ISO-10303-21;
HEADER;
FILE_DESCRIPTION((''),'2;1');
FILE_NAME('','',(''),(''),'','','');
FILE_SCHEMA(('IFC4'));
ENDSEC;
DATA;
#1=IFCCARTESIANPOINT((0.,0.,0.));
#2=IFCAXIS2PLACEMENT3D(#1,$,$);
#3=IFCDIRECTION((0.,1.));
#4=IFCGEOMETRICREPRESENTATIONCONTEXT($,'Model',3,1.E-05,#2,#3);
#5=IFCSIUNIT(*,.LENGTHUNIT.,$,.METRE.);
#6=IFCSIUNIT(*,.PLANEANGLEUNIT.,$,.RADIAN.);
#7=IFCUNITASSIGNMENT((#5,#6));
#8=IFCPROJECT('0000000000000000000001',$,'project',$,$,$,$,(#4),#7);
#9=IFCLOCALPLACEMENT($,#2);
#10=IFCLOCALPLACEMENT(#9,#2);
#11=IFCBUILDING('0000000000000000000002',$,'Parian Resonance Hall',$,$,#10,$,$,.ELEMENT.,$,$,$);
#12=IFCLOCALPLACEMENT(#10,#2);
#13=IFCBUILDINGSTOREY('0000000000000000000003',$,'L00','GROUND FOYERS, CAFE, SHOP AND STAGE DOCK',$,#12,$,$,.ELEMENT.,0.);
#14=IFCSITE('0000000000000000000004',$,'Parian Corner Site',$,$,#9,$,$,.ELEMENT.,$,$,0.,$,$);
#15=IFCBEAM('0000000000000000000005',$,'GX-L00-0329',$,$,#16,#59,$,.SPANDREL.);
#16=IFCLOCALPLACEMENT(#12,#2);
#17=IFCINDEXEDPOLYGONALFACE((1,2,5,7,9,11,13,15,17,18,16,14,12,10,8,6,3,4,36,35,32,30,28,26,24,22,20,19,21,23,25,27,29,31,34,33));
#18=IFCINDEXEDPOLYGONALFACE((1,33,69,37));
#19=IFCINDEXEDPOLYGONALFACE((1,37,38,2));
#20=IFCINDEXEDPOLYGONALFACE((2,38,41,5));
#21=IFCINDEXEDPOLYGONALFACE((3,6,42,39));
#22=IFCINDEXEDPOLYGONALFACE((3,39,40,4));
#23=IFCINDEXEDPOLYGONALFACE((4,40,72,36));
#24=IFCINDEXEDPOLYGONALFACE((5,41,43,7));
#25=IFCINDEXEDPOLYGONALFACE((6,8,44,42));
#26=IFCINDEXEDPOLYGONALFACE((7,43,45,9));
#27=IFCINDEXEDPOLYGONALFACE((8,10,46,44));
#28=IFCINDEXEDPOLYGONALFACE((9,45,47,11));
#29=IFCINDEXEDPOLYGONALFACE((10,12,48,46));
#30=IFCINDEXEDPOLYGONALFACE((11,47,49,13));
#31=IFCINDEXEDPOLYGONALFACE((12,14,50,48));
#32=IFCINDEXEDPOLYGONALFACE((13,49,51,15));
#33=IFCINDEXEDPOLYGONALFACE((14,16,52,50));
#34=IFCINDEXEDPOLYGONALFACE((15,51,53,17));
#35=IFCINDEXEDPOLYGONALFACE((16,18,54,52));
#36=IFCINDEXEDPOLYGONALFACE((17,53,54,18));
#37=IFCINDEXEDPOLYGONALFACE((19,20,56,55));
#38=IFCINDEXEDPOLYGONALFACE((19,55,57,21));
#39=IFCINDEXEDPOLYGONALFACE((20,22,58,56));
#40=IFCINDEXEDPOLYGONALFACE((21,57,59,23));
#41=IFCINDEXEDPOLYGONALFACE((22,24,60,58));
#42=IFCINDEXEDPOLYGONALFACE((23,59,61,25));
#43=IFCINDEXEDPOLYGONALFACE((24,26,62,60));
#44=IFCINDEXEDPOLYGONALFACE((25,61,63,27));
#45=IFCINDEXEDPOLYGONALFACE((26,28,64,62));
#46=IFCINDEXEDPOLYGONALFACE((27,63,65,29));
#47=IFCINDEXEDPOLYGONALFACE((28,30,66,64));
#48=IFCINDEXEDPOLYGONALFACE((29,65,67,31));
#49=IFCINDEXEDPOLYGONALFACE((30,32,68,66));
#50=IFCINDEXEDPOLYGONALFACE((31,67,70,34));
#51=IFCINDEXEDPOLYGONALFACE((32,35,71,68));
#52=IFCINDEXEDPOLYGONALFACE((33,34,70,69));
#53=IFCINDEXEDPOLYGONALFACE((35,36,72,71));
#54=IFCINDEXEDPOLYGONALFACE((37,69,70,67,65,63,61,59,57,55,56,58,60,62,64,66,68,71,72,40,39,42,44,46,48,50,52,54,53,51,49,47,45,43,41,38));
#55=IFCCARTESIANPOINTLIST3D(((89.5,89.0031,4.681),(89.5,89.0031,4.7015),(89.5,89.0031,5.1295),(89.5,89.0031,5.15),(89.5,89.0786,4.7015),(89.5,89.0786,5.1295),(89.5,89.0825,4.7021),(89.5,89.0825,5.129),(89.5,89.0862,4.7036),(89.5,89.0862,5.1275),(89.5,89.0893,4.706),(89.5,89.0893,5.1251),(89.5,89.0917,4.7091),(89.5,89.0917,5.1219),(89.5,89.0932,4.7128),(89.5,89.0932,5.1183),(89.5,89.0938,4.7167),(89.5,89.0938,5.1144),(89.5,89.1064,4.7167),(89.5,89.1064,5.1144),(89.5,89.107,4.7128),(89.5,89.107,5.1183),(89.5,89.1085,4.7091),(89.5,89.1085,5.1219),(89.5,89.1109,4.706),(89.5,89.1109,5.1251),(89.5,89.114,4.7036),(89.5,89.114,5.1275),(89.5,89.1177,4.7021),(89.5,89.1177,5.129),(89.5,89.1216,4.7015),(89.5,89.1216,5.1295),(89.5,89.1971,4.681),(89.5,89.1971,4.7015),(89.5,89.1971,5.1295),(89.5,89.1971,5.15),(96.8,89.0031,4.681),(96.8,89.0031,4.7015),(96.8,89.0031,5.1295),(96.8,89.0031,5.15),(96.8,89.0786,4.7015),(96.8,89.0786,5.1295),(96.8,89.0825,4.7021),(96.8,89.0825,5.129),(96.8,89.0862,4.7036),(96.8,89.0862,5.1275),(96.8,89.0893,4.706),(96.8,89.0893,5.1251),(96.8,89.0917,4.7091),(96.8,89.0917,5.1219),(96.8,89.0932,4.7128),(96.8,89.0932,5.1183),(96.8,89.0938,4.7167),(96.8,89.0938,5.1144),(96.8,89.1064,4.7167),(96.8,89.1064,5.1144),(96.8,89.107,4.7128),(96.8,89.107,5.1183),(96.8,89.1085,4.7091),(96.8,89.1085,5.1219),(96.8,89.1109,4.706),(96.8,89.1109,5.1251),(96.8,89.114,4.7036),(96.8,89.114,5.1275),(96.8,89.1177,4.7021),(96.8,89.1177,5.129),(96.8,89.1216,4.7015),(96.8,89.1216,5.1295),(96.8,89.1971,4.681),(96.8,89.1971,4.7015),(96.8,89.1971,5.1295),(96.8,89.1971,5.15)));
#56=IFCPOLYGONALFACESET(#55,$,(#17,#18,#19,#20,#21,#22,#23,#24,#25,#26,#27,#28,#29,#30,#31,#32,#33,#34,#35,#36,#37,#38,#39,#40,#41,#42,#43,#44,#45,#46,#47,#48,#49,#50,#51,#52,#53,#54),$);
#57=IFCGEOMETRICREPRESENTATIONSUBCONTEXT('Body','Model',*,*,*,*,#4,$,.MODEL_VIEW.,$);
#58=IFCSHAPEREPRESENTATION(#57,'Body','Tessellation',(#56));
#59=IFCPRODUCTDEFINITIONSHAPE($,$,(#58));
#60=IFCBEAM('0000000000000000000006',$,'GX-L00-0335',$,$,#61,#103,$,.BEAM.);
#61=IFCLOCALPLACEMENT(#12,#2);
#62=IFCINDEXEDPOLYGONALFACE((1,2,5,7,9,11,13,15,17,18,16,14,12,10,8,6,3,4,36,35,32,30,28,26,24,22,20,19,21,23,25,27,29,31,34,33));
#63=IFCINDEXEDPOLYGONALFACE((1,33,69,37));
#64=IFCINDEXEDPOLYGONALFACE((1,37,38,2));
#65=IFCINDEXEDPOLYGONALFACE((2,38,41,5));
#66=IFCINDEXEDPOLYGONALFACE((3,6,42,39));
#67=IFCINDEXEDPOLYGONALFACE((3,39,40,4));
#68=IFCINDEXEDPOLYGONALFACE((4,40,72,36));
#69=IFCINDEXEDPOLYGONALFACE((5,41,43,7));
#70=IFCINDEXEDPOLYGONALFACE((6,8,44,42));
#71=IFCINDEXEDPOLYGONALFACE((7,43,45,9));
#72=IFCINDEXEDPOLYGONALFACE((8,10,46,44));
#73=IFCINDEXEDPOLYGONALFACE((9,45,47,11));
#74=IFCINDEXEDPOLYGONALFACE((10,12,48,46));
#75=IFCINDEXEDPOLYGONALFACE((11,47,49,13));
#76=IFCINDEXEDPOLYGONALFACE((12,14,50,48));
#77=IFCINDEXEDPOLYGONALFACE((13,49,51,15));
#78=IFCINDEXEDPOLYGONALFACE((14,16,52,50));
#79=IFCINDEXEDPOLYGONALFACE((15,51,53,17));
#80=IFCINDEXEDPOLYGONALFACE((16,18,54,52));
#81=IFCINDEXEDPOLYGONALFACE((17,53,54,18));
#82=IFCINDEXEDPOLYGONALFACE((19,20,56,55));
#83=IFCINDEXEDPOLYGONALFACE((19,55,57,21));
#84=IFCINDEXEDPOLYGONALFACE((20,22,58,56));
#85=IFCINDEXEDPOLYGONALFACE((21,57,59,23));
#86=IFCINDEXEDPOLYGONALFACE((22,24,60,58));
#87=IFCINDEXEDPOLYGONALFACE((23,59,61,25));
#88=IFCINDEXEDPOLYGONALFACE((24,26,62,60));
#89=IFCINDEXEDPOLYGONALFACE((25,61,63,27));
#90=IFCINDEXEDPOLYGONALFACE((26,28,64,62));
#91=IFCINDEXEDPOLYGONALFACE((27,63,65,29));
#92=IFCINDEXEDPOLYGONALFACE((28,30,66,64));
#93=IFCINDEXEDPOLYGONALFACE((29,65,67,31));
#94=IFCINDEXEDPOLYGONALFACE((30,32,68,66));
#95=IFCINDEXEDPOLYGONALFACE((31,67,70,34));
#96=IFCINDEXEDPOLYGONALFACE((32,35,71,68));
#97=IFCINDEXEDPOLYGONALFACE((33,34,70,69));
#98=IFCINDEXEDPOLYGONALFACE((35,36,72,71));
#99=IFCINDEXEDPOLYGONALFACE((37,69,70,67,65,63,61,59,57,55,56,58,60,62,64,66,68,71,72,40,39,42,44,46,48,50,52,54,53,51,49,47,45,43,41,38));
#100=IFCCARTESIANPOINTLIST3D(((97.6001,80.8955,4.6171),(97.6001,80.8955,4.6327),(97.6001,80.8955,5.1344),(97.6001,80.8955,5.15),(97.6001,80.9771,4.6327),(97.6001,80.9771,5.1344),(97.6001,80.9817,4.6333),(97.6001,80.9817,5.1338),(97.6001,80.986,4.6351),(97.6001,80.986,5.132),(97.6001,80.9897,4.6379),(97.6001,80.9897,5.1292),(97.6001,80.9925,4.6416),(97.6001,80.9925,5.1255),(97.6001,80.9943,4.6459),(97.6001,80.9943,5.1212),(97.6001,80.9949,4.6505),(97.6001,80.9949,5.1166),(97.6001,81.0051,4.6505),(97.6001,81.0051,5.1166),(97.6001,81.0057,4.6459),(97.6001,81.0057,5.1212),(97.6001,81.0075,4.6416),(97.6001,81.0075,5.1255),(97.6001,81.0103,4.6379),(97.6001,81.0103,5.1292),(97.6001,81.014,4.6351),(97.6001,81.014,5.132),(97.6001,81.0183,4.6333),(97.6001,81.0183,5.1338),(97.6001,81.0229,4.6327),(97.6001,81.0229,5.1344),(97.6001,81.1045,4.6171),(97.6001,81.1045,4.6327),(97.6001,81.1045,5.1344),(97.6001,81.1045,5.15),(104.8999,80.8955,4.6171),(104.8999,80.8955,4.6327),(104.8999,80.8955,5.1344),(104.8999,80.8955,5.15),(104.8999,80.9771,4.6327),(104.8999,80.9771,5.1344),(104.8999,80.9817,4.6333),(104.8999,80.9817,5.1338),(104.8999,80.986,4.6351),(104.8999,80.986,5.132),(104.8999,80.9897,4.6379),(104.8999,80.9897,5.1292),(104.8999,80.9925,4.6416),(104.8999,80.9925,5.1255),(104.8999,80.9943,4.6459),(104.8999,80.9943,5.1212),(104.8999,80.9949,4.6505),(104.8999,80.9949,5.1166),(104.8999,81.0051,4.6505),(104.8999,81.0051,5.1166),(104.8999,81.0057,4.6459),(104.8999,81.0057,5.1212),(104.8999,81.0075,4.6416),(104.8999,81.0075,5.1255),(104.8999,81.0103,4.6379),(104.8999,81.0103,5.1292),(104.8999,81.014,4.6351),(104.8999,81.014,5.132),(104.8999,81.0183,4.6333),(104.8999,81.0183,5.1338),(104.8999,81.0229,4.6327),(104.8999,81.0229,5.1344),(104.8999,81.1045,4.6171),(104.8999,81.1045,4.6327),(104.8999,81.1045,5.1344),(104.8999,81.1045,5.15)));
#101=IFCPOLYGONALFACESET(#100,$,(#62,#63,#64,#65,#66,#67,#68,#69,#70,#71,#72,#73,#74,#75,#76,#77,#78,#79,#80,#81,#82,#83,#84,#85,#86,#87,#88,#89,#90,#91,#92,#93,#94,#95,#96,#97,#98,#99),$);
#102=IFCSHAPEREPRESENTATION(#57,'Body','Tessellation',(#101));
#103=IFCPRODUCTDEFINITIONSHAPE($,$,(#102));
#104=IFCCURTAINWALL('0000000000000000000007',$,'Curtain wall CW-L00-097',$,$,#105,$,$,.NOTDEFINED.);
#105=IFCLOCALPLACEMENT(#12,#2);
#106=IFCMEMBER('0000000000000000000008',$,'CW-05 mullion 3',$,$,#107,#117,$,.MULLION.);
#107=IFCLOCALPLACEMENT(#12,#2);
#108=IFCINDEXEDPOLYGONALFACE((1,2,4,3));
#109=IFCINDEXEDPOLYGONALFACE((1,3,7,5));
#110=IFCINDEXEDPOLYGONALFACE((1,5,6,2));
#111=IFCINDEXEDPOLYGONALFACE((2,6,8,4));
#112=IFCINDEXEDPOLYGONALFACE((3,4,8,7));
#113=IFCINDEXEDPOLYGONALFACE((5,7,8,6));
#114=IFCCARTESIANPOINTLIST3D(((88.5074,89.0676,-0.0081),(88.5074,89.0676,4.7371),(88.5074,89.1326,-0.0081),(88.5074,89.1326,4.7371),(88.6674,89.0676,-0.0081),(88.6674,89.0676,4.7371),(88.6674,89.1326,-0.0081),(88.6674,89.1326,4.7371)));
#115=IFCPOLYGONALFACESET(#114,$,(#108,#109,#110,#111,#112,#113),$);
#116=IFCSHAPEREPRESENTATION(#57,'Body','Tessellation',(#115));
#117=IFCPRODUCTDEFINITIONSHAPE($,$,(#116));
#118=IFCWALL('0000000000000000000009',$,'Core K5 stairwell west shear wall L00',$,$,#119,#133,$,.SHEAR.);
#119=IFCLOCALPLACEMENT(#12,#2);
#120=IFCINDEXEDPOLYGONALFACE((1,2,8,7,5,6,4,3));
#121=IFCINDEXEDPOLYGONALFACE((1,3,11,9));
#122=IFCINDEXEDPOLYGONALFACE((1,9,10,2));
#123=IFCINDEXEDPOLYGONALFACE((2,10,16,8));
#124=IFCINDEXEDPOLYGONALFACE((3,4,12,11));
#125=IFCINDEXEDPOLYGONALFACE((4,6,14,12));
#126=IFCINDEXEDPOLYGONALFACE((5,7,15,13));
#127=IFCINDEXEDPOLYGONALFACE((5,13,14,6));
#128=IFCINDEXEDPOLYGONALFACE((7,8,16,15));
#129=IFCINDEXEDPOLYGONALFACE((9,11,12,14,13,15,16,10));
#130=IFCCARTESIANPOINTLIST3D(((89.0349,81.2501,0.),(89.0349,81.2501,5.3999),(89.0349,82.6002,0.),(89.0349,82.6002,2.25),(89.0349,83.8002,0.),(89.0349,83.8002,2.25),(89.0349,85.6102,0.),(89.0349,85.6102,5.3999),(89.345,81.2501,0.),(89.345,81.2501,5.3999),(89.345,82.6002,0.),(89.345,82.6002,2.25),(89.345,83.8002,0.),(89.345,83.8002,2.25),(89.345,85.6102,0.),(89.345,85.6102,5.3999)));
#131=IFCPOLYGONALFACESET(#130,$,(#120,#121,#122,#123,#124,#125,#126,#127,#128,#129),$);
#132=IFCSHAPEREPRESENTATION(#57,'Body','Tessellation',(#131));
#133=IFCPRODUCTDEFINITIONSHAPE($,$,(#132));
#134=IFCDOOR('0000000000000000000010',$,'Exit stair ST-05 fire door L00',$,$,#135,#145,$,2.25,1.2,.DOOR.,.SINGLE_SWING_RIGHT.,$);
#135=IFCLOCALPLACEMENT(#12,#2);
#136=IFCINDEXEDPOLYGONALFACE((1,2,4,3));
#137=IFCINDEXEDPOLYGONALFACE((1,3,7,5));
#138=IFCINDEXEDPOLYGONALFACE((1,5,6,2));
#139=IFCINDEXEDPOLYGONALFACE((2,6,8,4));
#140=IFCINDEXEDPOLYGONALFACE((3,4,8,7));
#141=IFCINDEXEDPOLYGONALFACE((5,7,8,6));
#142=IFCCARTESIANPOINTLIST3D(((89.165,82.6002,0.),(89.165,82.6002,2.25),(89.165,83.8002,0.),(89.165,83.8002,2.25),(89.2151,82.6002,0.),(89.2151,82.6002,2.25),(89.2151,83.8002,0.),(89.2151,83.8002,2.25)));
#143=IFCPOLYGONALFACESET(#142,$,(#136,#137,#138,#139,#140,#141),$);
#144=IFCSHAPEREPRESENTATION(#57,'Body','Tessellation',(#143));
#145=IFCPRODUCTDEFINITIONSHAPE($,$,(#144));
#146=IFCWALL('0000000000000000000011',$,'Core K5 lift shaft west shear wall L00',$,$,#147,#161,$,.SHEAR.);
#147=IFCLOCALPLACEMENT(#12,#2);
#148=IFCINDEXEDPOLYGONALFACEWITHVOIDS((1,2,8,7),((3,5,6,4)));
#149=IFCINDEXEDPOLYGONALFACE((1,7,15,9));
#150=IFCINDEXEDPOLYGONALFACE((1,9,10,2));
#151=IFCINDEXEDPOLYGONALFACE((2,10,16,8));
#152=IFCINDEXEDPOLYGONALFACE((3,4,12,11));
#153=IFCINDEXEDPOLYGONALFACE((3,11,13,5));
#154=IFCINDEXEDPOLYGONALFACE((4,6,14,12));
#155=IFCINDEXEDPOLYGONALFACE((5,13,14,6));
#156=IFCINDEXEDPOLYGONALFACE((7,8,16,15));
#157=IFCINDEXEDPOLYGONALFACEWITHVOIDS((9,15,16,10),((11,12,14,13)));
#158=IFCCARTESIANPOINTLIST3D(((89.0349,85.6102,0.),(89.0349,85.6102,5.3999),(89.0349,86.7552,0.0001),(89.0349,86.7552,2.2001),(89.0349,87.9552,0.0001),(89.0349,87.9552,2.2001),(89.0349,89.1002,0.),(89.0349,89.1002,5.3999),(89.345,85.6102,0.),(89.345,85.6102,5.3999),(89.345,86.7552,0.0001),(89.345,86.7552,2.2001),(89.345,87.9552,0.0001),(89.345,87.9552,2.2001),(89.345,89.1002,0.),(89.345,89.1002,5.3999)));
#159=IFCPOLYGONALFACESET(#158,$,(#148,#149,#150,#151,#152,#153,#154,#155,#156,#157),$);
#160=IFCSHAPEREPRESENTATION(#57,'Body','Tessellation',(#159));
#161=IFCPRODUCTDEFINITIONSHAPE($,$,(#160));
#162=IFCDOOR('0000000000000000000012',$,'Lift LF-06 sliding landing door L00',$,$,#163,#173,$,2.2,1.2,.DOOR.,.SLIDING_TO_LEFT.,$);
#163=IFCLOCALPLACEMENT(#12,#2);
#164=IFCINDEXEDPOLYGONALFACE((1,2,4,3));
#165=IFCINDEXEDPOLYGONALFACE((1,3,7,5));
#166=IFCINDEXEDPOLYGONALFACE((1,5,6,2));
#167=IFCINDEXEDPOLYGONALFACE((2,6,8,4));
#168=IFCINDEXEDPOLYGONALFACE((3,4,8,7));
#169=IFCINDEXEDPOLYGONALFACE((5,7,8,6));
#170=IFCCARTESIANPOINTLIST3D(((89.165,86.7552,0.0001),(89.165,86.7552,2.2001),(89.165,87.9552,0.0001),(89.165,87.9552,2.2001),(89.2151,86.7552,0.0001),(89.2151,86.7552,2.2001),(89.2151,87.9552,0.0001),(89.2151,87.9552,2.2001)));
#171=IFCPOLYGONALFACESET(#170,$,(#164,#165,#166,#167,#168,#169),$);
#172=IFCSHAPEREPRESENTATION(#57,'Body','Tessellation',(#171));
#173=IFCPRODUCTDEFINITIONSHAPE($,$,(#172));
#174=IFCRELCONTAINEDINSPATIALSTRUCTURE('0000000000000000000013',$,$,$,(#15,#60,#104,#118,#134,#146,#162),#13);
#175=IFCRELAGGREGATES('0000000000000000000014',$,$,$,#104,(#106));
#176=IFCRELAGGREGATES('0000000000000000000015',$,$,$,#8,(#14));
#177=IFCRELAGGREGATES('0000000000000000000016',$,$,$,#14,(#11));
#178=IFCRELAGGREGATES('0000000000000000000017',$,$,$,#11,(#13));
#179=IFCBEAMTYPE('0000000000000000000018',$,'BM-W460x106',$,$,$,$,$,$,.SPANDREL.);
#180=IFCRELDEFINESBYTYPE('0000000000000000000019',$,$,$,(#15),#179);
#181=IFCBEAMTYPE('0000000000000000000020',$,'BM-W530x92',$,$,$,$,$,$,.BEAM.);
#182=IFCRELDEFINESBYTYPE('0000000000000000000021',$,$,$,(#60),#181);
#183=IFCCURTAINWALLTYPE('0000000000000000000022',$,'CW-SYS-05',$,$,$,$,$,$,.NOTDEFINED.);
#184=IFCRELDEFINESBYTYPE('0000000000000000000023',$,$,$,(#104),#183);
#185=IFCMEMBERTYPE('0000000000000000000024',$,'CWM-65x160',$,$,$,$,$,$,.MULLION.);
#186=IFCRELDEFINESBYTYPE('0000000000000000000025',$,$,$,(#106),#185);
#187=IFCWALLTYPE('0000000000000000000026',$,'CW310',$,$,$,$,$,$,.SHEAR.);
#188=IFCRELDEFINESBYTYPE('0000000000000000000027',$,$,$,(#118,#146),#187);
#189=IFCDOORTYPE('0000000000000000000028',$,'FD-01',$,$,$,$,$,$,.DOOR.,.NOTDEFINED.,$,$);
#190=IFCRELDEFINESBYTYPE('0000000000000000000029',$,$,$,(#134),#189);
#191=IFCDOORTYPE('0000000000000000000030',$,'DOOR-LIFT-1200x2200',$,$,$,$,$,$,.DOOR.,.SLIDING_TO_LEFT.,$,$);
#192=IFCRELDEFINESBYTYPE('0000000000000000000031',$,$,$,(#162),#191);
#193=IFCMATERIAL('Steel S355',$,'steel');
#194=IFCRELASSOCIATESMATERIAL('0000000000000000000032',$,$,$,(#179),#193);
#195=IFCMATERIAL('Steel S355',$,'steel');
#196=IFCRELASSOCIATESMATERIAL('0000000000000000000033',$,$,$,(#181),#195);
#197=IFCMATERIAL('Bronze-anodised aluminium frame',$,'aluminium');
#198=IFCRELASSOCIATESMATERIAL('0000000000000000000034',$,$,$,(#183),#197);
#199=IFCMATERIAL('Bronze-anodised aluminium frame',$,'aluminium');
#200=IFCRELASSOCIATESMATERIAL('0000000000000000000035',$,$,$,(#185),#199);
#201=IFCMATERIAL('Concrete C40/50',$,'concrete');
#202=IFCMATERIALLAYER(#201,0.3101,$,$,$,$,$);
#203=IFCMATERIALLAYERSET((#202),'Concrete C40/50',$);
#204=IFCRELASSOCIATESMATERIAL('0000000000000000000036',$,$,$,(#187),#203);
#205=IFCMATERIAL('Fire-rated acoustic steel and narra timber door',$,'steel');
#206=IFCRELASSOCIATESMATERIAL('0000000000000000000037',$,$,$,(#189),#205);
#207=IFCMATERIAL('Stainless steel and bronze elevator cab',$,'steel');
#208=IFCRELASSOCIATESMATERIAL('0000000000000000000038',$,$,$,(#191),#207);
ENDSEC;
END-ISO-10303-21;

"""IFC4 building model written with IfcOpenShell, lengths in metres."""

from ifc_helpers import new_model, si_unit, direction, frame, frame_2d, origin, origin_2d, place, context, subcontext, project, spatial, rectangle, i_section, extrude, material, layer, layer_set, material_profile, profile_set, type_object, element, fill, aggregate, save


model = new_model("IFC4")

# Units and contexts
model_context = context("Model", 3, precision=1e-05, world=origin(), true_north=direction((0.0, 1.0)))
body_context = subcontext(model_context, "Body", "Model", "MODEL_VIEW")
ifc_project = project(units=[si_unit("LENGTHUNIT", "METRE"), si_unit("PLANEANGLEUNIT", "RADIAN")], contexts=[model_context])

# Site, building, storey
site_placement = place(None, origin())
site = spatial("IfcSite", under=ifc_project, at=site_placement, Name="Parian Corner Site", CompositionType="ELEMENT", RefElevation=0.0)
building_placement = place(site_placement, origin())
building = spatial("IfcBuilding", under=site, at=building_placement, Name="Parian Resonance Hall", CompositionType="ELEMENT")
storey_placement = place(building_placement, origin())
storey = spatial("IfcBuildingStorey", under=building, at=storey_placement, Name="L00", Description="GROUND FOYERS, CAFE, SHOP AND STAGE DOCK", CompositionType="ELEMENT", Elevation=0.0)

# Beams
ifc_material_1 = material(Name="Steel S355", Category="steel")
ifc_material_profile_1 = material_profile(ifc_material_1, i_section(OverallWidth=0.1941, OverallDepth=0.469, WebThickness=0.0127, FlangeThickness=0.0205, FilletRadius=0.0151, at=origin_2d()), Name="W460x106")
ifc_profile_set_1 = profile_set([ifc_material_profile_1], Name="Steel S355")
beam_type_1 = type_object("IfcBeamType", Name="BM-W460x106", PredefinedType="SPANDREL", material=ifc_profile_set_1)
beam_1_placement = place(storey_placement, frame((89.5, 89.1001, 4.9155), z_axis=(1.0, 0.0, 0.0), x_axis=(0.0, 1.0, 0.0)))
element("IfcBeam", 1, at=beam_1_placement, inside=storey, type_object=beam_type_1, Name="GX-L00-0329", PredefinedType="SPANDREL", context=body_context, shape_type="SweptSolid", body=[
    extrude(i_section(OverallWidth=0.1941, OverallDepth=0.469, WebThickness=0.0127, FlangeThickness=0.0205, FilletRadius=0.0151, at=origin_2d()), origin(), (0.0, 0.0, 1.0), 7.3),
])
ifc_material_2 = material(Name="Steel S355", Category="steel")
ifc_material_profile_2 = material_profile(ifc_material_2, i_section(OverallWidth=0.209, OverallDepth=0.533, WebThickness=0.0103, FlangeThickness=0.0156, FilletRadius=0.0178, at=origin_2d()), Name="W530x92")
ifc_profile_set_2 = profile_set([ifc_material_profile_2], Name="Steel S355")
beam_type_2 = type_object("IfcBeamType", Name="BM-W530x92", PredefinedType="BEAM", material=ifc_profile_set_2)
beam_2_placement = place(storey_placement, frame((97.6001, 81.0, 4.8835), z_axis=(1.0, 0.0, 0.0), x_axis=(0.0, 1.0, 0.0)))
element("IfcBeam", 2, at=beam_2_placement, inside=storey, type_object=beam_type_2, Name="GX-L00-0335", PredefinedType="BEAM", context=body_context, shape_type="SweptSolid", body=[
    extrude(i_section(OverallWidth=0.209, OverallDepth=0.533, WebThickness=0.0103, FlangeThickness=0.0156, FilletRadius=0.0178, at=origin_2d()), origin(), (0.0, 0.0, 1.0), 7.2998),
])

# Curtain wall, member
ifc_material_3 = material(Name="Bronze-anodised aluminium frame", Category="aluminium")
curtain_wall_type = type_object("IfcCurtainWallType", Name="CW-SYS-05", PredefinedType="NOTDEFINED", material=ifc_material_3)
curtain_wall_placement = place(storey_placement, origin())
curtain_wall = element("IfcCurtainWall", 3, at=curtain_wall_placement, inside=storey, type_object=curtain_wall_type, Name="Curtain wall CW-L00-097", PredefinedType="NOTDEFINED")
ifc_material_4 = material(Name="Bronze-anodised aluminium frame", Category="aluminium")
ifc_material_profile_3 = material_profile(ifc_material_4, rectangle(XDim=0.0649, YDim=0.1599, at=origin_2d()), Name="CWM-65x160")
ifc_profile_set_3 = profile_set([ifc_material_profile_3], Name="Bronze-anodised aluminium frame")
member_type = type_object("IfcMemberType", Name="CWM-65x160", PredefinedType="MULLION", material=ifc_profile_set_3)
member_placement = place(storey_placement, frame((88.5874, 89.1001, -0.0081), z_axis=(0.0, 0.0, 1.0), x_axis=(0.0, 1.0, 0.0)))
member = element("IfcMember", 4, at=member_placement, type_object=member_type, Name="CW-05 mullion 3", PredefinedType="MULLION", context=body_context, shape_type="SweptSolid", body=[
    extrude(rectangle(XDim=0.0649, YDim=0.1599, at=origin_2d()), origin(), (0.0, 0.0, 1.0), 4.7451),
])
aggregate(curtain_wall, [member])

# Walls, openings, doors
ifc_material_5 = material(Name="Concrete C40/50", Category="concrete")
ifc_layer_1 = layer(ifc_material_5, 0.3101)
ifc_layer_set_1 = layer_set([ifc_layer_1], Name="Concrete C40/50")
wall_type_1 = type_object("IfcWallType", Name="CW310", PredefinedType="SHEAR", material=ifc_layer_set_1)
wall_1_placement = place(storey_placement, frame((89.1899, 81.25, 0.0), z_axis=(0.0, 0.0, 1.0), x_axis=(0.0, 1.0, 0.0)))
wall_1 = element("IfcWall", 5, at=wall_1_placement, inside=storey, type_object=wall_type_1, Name="Core K5 stairwell west shear wall L00", PredefinedType="SHEAR", context=body_context, shape_type="SweptSolid", body=[
    extrude(rectangle(XDim=4.3601, YDim=0.3101, at=frame_2d((2.1802, 0.0))), origin(), (0.0, 0.0, 1.0), 5.3999),
])
opening_1_placement = place(wall_1_placement, frame((1.3501, 0.0, 0.0)))
opening_1 = element("IfcOpeningElement", 6, at=opening_1_placement, cuts=wall_1, PredefinedType="OPENING", context=body_context, shape_type="SweptSolid", body=[
    extrude(rectangle(XDim=1.2, YDim=2.25, at=frame_2d((0.6001, 1.125))), frame((0.0, 0.165, 0.0), z_axis=(0.0, -1.0, 0.0), x_axis=(1.0, 0.0, 0.0)), (0.0, 0.0, 1.0), 0.3301),
])
ifc_material_6 = material(Name="Fire-rated acoustic steel and narra timber door", Category="steel")
door_type_1 = type_object("IfcDoorType", Name="FD-01", OperationType="NOTDEFINED", PredefinedType="DOOR", material=ifc_material_6)
door_1_placement = place(opening_1_placement, origin())
door_1 = element("IfcDoor", 7, at=door_1_placement, inside=storey, type_object=door_type_1, Name="Exit stair ST-05 fire door L00", OperationType="SINGLE_SWING_RIGHT", OverallHeight=2.25, OverallWidth=1.2, PredefinedType="DOOR", context=body_context, shape_type="SweptSolid", body=[
    extrude(rectangle(XDim=1.2, YDim=2.25, at=frame_2d((0.6001, 1.125))), frame((0.0, 0.0249, 0.0), z_axis=(0.0, -1.0, 0.0), x_axis=(1.0, 0.0, 0.0)), (0.0, 0.0, 1.0), 0.05),
])
fill(opening_1, door_1)
wall_2_placement = place(storey_placement, frame((89.1899, 85.6101, 0.0), z_axis=(0.0, 0.0, 1.0), x_axis=(0.0, 1.0, 0.0)))
wall_2 = element("IfcWall", 8, at=wall_2_placement, inside=storey, type_object=wall_type_1, Name="Core K5 lift shaft west shear wall L00", PredefinedType="SHEAR", context=body_context, shape_type="SweptSolid", body=[
    extrude(rectangle(XDim=3.49, YDim=0.3101, at=frame_2d((1.7451, 0.0))), origin(), (0.0, 0.0, 1.0), 5.3999),
])
opening_2_placement = place(wall_2_placement, frame((1.145, 0.0, 0.0)))
opening_2 = element("IfcOpeningElement", 9, at=opening_2_placement, cuts=wall_2, PredefinedType="OPENING", context=body_context, shape_type="SweptSolid", body=[
    extrude(rectangle(XDim=1.2, YDim=2.2, at=frame_2d((0.6001, 1.1001))), frame((0.0, 0.165, 0.0), z_axis=(0.0, -1.0, 0.0), x_axis=(1.0, 0.0, 0.0)), (0.0, 0.0, 1.0), 0.3301),
])
ifc_material_7 = material(Name="Stainless steel and bronze elevator cab", Category="steel")
door_type_2 = type_object("IfcDoorType", Name="DOOR-LIFT-1200x2200", OperationType="SLIDING_TO_LEFT", PredefinedType="DOOR", material=ifc_material_7)
door_2_placement = place(opening_2_placement, origin())
door_2 = element("IfcDoor", 10, at=door_2_placement, inside=storey, type_object=door_type_2, Name="Lift LF-06 sliding landing door L00", OperationType="SLIDING_TO_LEFT", OverallHeight=2.2, OverallWidth=1.2, PredefinedType="DOOR", context=body_context, shape_type="SweptSolid", body=[
    extrude(rectangle(XDim=1.2, YDim=2.2, at=frame_2d((0.6001, 1.1001))), frame((0.0, 0.0249, 0.0), z_axis=(0.0, -1.0, 0.0), x_axis=(1.0, 0.0, 0.0)), (0.0, 0.0, 1.0), 0.05),
])
fill(opening_2, door_2)

save(model, "model.ifc")
